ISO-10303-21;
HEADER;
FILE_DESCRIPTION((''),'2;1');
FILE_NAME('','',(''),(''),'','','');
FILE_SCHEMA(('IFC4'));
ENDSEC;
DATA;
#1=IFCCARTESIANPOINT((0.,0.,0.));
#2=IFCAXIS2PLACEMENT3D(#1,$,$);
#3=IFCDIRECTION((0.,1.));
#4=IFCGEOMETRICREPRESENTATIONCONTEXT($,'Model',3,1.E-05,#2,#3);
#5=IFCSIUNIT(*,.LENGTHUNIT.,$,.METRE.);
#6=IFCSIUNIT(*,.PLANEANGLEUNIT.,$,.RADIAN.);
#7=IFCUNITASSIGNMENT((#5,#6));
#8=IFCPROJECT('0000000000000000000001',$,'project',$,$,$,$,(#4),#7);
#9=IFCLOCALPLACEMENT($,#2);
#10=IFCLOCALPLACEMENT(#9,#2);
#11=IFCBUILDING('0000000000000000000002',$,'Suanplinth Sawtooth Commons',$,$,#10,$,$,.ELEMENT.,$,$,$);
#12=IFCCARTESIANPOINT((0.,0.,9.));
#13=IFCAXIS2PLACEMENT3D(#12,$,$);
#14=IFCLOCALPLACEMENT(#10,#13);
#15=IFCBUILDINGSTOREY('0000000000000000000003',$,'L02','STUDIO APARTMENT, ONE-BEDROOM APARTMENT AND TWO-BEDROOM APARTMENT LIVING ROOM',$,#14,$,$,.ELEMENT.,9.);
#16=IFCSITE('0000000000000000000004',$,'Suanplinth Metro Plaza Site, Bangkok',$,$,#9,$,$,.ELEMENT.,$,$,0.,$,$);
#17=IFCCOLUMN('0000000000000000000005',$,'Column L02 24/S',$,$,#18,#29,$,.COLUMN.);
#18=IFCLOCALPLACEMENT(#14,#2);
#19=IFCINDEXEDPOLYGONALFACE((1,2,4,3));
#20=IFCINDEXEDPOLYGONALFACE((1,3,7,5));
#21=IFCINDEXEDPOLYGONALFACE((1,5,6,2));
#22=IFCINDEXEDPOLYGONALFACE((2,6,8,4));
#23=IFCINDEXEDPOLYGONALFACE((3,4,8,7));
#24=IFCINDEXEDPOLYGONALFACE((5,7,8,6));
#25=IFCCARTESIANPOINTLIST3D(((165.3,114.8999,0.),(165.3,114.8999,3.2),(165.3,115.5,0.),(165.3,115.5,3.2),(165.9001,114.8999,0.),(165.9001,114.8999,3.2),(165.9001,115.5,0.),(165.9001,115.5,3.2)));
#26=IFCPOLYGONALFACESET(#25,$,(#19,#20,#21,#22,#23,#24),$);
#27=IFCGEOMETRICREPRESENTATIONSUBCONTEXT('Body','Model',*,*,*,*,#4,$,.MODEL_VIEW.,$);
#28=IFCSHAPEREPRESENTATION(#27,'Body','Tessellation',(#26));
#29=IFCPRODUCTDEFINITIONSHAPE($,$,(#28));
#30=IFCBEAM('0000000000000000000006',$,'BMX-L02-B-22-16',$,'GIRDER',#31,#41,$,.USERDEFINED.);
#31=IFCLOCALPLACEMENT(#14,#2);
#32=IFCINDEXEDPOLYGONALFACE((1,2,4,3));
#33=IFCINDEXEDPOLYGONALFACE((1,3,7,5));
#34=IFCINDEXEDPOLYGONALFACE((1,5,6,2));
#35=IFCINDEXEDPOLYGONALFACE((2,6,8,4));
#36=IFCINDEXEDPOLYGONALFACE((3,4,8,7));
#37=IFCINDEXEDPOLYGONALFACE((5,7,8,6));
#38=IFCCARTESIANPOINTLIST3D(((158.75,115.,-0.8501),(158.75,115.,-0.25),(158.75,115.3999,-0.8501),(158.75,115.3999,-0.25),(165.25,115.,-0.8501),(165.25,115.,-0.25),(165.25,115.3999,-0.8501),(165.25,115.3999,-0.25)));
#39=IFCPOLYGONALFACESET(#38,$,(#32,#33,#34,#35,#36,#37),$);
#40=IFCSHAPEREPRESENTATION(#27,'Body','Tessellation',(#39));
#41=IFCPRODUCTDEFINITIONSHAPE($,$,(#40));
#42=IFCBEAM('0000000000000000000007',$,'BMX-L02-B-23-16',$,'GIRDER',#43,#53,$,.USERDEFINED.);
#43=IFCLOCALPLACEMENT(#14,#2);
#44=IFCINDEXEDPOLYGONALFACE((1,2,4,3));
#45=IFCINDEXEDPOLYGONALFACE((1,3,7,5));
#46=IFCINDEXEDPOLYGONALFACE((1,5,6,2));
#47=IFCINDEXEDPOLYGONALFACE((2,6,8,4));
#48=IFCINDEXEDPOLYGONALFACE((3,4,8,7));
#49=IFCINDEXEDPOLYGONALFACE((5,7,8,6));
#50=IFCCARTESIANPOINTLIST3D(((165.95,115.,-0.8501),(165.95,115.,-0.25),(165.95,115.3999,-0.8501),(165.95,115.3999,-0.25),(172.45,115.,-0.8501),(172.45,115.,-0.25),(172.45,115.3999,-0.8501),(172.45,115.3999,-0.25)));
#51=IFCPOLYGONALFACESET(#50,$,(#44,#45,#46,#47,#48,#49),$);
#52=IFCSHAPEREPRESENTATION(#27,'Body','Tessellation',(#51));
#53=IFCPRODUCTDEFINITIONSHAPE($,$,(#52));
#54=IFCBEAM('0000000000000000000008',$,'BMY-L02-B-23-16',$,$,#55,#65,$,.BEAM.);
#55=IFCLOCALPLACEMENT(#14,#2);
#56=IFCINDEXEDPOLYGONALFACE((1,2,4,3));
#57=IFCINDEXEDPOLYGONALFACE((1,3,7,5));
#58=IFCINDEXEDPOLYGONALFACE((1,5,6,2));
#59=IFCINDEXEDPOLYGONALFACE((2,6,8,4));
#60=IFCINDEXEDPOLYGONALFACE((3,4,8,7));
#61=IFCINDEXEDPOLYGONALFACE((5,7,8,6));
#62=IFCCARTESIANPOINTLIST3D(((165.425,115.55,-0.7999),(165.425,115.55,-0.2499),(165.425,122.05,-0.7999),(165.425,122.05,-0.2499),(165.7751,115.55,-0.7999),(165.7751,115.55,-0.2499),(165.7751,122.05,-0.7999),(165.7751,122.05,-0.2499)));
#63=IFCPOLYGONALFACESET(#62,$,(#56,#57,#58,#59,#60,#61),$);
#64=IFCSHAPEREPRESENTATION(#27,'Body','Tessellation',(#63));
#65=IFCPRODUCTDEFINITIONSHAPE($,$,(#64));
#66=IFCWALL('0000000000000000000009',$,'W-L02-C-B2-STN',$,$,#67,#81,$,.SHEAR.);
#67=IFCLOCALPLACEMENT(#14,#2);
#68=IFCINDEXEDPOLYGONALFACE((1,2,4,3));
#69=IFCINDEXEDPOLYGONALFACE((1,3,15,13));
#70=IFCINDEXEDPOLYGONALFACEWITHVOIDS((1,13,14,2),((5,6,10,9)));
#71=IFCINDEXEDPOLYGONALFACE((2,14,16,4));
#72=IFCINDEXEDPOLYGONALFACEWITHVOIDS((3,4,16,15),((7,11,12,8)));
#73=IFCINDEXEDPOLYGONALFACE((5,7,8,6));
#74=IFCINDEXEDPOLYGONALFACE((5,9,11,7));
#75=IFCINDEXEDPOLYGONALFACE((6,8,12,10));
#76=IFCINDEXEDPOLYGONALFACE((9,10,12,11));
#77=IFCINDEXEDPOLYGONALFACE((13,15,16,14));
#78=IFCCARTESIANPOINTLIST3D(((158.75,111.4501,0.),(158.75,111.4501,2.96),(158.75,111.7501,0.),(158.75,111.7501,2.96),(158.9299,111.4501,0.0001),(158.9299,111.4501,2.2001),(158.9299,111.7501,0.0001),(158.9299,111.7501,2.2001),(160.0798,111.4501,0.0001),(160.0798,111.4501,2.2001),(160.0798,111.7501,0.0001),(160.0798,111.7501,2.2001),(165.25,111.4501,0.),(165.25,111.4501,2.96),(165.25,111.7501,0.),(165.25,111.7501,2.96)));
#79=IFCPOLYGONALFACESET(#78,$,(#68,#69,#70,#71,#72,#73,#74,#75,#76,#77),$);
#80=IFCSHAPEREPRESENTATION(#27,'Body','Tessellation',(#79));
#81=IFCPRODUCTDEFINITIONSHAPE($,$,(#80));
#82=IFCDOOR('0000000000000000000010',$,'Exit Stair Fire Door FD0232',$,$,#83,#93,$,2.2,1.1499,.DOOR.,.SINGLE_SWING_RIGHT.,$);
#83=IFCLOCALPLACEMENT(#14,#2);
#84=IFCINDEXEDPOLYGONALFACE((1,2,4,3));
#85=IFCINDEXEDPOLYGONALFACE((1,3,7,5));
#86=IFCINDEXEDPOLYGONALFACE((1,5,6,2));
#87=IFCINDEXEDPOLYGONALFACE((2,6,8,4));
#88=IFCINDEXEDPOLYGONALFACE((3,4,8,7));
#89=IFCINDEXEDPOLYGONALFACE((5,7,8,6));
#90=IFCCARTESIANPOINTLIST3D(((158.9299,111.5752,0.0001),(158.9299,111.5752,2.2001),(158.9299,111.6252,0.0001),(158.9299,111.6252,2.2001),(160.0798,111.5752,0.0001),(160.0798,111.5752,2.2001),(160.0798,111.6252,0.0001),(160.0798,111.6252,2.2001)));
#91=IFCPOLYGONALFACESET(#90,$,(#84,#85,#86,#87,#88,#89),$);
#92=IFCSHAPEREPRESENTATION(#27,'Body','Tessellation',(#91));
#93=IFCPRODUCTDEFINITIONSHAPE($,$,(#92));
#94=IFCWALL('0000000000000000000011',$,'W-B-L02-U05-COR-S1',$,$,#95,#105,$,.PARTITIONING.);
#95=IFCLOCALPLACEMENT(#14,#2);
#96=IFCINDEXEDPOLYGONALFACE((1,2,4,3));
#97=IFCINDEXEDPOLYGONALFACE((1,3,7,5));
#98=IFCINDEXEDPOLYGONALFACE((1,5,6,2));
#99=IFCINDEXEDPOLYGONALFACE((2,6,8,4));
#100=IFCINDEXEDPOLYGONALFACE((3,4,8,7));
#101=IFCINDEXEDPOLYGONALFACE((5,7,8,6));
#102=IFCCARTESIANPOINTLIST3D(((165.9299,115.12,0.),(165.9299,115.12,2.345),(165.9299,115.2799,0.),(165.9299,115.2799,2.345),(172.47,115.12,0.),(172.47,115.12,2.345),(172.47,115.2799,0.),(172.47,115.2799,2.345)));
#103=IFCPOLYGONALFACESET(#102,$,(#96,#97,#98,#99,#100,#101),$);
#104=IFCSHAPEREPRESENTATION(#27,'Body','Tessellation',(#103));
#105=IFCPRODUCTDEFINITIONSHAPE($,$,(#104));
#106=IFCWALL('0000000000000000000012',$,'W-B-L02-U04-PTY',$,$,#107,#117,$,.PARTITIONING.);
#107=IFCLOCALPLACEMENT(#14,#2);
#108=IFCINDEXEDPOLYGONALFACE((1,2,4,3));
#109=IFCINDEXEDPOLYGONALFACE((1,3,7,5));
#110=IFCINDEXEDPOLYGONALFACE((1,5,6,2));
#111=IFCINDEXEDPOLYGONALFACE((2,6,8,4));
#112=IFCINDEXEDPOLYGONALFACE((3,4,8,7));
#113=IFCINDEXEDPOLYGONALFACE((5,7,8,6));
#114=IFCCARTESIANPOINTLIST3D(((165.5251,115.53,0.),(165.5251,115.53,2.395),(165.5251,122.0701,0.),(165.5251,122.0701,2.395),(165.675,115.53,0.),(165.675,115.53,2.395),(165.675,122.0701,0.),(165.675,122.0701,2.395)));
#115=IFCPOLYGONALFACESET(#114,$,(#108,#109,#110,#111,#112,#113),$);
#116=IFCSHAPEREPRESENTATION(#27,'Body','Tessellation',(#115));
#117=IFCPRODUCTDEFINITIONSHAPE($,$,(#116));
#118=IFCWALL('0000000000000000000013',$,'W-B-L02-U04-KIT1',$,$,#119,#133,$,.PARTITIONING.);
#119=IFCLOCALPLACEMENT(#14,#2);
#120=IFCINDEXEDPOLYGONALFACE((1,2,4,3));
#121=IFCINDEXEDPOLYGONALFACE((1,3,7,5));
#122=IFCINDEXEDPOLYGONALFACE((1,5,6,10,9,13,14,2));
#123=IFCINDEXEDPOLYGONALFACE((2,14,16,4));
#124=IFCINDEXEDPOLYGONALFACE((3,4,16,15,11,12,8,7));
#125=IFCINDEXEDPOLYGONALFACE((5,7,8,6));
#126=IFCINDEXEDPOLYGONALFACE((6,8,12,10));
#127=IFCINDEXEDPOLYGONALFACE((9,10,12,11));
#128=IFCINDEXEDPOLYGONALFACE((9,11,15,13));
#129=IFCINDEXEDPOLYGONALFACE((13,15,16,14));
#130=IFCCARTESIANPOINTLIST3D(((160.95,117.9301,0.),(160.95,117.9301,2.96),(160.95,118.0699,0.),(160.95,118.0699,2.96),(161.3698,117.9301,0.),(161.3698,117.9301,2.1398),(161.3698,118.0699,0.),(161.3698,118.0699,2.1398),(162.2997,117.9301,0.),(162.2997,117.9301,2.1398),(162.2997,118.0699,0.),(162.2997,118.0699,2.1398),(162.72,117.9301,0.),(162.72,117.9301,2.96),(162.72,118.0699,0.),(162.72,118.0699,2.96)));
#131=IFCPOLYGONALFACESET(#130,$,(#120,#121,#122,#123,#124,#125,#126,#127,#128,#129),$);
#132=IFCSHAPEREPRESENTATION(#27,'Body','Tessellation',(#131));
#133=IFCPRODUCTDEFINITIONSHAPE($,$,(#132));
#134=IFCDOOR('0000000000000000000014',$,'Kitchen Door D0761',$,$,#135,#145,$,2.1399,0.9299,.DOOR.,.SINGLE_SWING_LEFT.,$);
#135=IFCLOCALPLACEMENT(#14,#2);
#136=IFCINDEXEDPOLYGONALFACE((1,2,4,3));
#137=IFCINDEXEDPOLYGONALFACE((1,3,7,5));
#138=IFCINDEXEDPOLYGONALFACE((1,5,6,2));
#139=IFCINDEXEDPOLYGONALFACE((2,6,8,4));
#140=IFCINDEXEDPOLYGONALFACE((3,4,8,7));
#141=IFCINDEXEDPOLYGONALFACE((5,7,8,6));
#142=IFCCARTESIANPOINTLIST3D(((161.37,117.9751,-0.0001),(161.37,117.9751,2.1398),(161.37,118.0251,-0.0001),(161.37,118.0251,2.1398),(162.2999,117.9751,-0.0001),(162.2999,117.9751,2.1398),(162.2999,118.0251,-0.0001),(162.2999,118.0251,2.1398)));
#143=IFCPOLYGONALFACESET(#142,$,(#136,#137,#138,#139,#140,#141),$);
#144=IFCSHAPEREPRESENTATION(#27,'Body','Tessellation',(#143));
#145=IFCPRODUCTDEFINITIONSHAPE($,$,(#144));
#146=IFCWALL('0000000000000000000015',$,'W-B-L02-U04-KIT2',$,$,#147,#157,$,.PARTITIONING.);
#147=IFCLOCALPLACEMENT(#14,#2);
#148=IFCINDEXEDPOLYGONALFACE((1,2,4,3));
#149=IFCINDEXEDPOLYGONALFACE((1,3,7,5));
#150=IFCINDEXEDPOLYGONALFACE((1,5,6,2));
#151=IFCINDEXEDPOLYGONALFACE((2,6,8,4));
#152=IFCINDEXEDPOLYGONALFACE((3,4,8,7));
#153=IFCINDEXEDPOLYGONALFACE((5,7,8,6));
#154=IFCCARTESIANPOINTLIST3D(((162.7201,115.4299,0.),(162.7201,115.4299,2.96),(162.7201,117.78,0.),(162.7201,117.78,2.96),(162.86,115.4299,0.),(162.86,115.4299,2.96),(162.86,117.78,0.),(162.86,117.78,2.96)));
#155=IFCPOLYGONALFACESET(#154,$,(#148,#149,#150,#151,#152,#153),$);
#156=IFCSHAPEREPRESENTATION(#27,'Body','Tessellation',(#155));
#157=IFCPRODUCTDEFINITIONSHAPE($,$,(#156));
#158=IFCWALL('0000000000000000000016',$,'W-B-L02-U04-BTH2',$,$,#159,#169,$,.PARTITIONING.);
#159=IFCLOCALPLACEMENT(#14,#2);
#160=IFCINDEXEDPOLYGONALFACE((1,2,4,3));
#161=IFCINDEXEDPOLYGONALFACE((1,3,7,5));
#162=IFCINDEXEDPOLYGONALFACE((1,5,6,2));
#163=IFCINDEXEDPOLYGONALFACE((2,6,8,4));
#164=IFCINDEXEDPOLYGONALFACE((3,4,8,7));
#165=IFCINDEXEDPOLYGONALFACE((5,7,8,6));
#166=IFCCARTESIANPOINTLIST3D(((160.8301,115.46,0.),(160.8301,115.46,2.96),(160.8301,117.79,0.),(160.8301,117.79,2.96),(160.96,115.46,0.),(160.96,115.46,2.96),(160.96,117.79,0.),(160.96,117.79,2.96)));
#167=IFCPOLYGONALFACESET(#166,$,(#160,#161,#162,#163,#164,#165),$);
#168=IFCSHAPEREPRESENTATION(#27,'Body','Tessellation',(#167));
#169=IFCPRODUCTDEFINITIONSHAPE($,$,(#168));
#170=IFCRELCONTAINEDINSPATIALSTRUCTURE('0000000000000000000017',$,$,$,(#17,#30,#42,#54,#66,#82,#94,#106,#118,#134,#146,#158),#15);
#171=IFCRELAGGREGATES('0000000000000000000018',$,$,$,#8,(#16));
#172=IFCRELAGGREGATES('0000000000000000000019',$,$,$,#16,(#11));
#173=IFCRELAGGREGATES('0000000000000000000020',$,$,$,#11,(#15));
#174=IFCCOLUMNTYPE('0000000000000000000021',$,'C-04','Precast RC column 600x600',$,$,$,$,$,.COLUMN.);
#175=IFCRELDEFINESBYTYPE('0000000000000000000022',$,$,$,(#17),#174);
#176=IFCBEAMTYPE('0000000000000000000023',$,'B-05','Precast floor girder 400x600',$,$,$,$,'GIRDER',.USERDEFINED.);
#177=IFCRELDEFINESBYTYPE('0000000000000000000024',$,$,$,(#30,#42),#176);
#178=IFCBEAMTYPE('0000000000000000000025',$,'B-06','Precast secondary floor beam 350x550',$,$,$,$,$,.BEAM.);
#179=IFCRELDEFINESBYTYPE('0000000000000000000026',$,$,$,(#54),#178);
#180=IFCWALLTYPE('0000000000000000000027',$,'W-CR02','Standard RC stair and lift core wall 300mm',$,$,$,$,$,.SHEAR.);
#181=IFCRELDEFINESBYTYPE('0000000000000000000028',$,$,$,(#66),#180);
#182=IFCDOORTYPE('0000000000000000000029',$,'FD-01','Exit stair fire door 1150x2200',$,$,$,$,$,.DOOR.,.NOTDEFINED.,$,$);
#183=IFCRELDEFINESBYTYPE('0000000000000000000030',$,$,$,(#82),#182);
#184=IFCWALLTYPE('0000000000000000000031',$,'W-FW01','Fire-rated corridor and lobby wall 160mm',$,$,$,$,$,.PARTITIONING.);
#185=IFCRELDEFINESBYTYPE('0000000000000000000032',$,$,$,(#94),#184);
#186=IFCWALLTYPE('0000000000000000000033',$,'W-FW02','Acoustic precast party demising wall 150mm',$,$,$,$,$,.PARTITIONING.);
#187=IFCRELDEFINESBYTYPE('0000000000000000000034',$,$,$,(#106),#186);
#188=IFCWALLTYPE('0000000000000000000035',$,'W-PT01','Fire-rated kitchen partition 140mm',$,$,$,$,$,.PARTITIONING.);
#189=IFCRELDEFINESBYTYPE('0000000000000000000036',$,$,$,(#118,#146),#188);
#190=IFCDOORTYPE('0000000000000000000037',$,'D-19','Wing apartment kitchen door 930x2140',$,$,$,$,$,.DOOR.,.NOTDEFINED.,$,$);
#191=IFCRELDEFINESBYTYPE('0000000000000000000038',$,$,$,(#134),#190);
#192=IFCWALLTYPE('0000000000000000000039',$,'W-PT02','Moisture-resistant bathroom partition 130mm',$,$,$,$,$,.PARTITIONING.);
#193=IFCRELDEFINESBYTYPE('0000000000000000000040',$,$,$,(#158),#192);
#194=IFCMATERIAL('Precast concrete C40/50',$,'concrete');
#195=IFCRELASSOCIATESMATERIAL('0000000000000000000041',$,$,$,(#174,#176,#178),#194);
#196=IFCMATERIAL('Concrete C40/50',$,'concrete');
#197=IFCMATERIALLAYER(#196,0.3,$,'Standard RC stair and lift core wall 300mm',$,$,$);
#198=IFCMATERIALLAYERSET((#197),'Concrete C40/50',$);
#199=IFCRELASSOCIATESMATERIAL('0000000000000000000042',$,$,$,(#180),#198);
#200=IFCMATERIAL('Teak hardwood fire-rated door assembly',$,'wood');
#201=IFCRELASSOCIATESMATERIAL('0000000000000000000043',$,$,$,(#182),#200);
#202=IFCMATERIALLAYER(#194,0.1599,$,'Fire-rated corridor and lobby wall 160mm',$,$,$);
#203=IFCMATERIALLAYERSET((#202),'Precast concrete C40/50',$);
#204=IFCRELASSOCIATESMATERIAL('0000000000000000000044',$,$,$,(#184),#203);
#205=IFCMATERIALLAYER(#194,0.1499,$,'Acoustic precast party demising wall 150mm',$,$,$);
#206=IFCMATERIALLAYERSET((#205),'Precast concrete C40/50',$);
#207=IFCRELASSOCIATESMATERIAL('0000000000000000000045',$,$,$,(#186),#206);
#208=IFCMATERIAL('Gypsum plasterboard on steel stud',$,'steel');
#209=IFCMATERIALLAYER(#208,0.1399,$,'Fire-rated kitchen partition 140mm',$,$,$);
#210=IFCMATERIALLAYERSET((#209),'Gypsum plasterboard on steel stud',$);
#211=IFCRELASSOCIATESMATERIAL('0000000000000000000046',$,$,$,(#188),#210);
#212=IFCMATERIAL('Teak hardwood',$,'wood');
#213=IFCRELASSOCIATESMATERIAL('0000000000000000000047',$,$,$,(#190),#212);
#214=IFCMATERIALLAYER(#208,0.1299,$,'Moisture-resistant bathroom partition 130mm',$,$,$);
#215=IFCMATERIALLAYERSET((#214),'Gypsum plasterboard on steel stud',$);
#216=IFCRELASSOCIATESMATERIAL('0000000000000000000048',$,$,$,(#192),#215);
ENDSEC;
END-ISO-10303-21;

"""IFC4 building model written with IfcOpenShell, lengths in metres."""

from ifc_helpers import new_model, si_unit, direction, frame, frame_2d, origin, origin_2d, place, context, subcontext, project, spatial, rectangle, extrude, material, layer, layer_set, material_profile, profile_set, type_object, element, fill, save


model = new_model("IFC4")

# Units and contexts
model_context = context("Model", 3, precision=1e-05, world=origin(), true_north=direction((0.0, 1.0)))
body_context = subcontext(model_context, "Body", "Model", "MODEL_VIEW")
ifc_project = project(units=[si_unit("LENGTHUNIT", "METRE"), si_unit("PLANEANGLEUNIT", "RADIAN")], contexts=[model_context])

# Site, building, storey
site_placement = place(None, origin())
site = spatial("IfcSite", under=ifc_project, at=site_placement, Name="Suanplinth Metro Plaza Site, Bangkok", CompositionType="ELEMENT", RefElevation=0.0)
building_placement = place(site_placement, origin())
building = spatial("IfcBuilding", under=site, at=building_placement, Name="Suanplinth Sawtooth Commons", CompositionType="ELEMENT")
storey_placement = place(building_placement, frame((0.0, 0.0, 9.0)))
storey = spatial("IfcBuildingStorey", under=building, at=storey_placement, Name="L02", Description="STUDIO APARTMENT, ONE-BEDROOM APARTMENT AND TWO-BEDROOM APARTMENT LIVING ROOM", CompositionType="ELEMENT", Elevation=9.0)

# Column
ifc_material_1 = material(Name="Precast concrete C40/50", Category="concrete")
ifc_material_profile_1 = material_profile(ifc_material_1, rectangle(XDim=0.6001, YDim=0.6001, at=origin_2d()), Name="PC-COL 600x600")
ifc_profile_set_1 = profile_set([ifc_material_profile_1], Name="Precast concrete C40/50")
column_type = type_object("IfcColumnType", Name="C-04", Description="Precast RC column 600x600", PredefinedType="COLUMN", material=ifc_profile_set_1)
column_placement = place(storey_placement, frame((165.6001, 115.2, 0.0), z_axis=(0.0, 0.0, 1.0), x_axis=(1.0, 0.0, 0.0)))
element("IfcColumn", 1, at=column_placement, inside=storey, type_object=column_type, Name="Column L02 24/S", PredefinedType="COLUMN", context=body_context, shape_type="SweptSolid", body=[
    extrude(rectangle(XDim=0.6001, YDim=0.6001, at=origin_2d()), origin(), (0.0, 0.0, 1.0), 3.2),
])

# Beams
ifc_material_profile_2 = material_profile(ifc_material_1, rectangle(XDim=0.3999, YDim=0.6001, at=origin_2d()), Name="PC-GDR 400x600")
ifc_profile_set_2 = profile_set([ifc_material_profile_2], Name="Precast concrete C40/50")
beam_type_1 = type_object("IfcBeamType", Name="B-05", Description="Precast floor girder 400x600", ElementType="GIRDER", PredefinedType="USERDEFINED", material=ifc_profile_set_2)
for number, where, z_axis, x_axis, name in (
    (2, (158.75, 115.2, -0.55), (1.0, 0.0, 0.0), (0.0, 1.0, 0.0), "BMX-L02-B-22-16"),
    (3, (165.95, 115.2, -0.55), (1.0, 0.0, 0.0), (0.0, 1.0, 0.0), "BMX-L02-B-23-16"),
):
    element("IfcBeam", number, at=place(storey_placement, frame(where, z_axis=z_axis, x_axis=x_axis)), inside=storey, type_object=beam_type_1, Name=name, ObjectType="GIRDER", PredefinedType="USERDEFINED", context=body_context, shape_type="SweptSolid", body=[
        extrude(rectangle(XDim=0.3999, YDim=0.6001, at=origin_2d()), origin(), (0.0, 0.0, 1.0), 6.5),
    ])
ifc_material_profile_3 = material_profile(ifc_material_1, rectangle(XDim=0.3501, YDim=0.55, at=origin_2d()), Name="PC-BM 350x550")
ifc_profile_set_3 = profile_set([ifc_material_profile_3], Name="Precast concrete C40/50")
beam_type_2 = type_object("IfcBeamType", Name="B-06", Description="Precast secondary floor beam 350x550", PredefinedType="BEAM", material=ifc_profile_set_3)
beam_placement = place(storey_placement, frame((165.6001, 115.55, -0.5249), z_axis=(0.0, 1.0, 0.0), x_axis=(-1.0, 0.0, 0.0)))
element("IfcBeam", 4, at=beam_placement, inside=storey, type_object=beam_type_2, Name="BMY-L02-B-23-16", PredefinedType="BEAM", context=body_context, shape_type="SweptSolid", body=[
    extrude(rectangle(XDim=0.3501, YDim=0.55, at=origin_2d()), origin(), (0.0, 0.0, 1.0), 6.5),
])

# Wall, opening, door
ifc_material_2 = material(Name="Concrete C40/50", Category="concrete")
ifc_layer_1 = layer(ifc_material_2, 0.3, Name="Standard RC stair and lift core wall 300mm")
ifc_layer_set_1 = layer_set([ifc_layer_1], Name="Concrete C40/50")
wall_type_1 = type_object("IfcWallType", Name="W-CR02", Description="Standard RC stair and lift core wall 300mm", PredefinedType="SHEAR", material=ifc_layer_set_1)
wall_1_placement = place(storey_placement, frame((158.75, 111.6001, 0.0), z_axis=(0.0, 0.0, 1.0), x_axis=(1.0, 0.0, 0.0)))
wall_1 = element("IfcWall", 5, at=wall_1_placement, inside=storey, type_object=wall_type_1, Name="W-L02-C-B2-STN", PredefinedType="SHEAR", context=body_context, shape_type="SweptSolid", body=[
    extrude(rectangle(XDim=6.5, YDim=0.3, at=frame_2d((3.25, 0.0))), origin(), (0.0, 0.0, 1.0), 2.96),
])
opening_1_placement = place(wall_1_placement, frame((0.1799, 0.0, 0.0)))
opening_1 = element("IfcOpeningElement", 6, at=opening_1_placement, cuts=wall_1, PredefinedType="OPENING", context=body_context, shape_type="SweptSolid", body=[
    extrude(rectangle(XDim=1.1499, YDim=2.2, at=frame_2d((0.575, 1.1001))), frame((0.0, 0.165, 0.0), z_axis=(0.0, -1.0, 0.0), x_axis=(1.0, 0.0, 0.0)), (0.0, 0.0, 1.0), 0.3298),
])
ifc_material_3 = material(Name="Teak hardwood fire-rated door assembly", Category="wood")
door_type_1 = type_object("IfcDoorType", Name="FD-01", Description="Exit stair fire door 1150x2200", OperationType="NOTDEFINED", PredefinedType="DOOR", material=ifc_material_3)
door_1_placement = place(opening_1_placement, frame((1.1499, 0.0, 0.0), z_axis=(0.0, 0.0, 1.0), x_axis=(-1.0, 0.0, 0.0)))
door_1 = element("IfcDoor", 7, at=door_1_placement, inside=storey, type_object=door_type_1, Name="Exit Stair Fire Door FD0232", OperationType="SINGLE_SWING_RIGHT", OverallHeight=2.2, OverallWidth=1.1499, PredefinedType="DOOR", context=body_context, shape_type="SweptSolid", body=[
    extrude(rectangle(XDim=1.1499, YDim=2.2, at=frame_2d((0.575, 1.1001))), frame((0.0, 0.0249, 0.0), z_axis=(0.0, -1.0, 0.0), x_axis=(1.0, 0.0, 0.0)), (0.0, 0.0, 1.0), 0.05),
])
fill(opening_1, door_1)
ifc_layer_2 = layer(ifc_material_1, 0.1599, Name="Fire-rated corridor and lobby wall 160mm")
ifc_layer_set_2 = layer_set([ifc_layer_2], Name="Precast concrete C40/50")
wall_type_2 = type_object("IfcWallType", Name="W-FW01", Description="Fire-rated corridor and lobby wall 160mm", PredefinedType="PARTITIONING", material=ifc_layer_set_2)

# Walls
wall_2_placement = place(storey_placement, frame((165.9299, 115.2, 0.0), z_axis=(0.0, 0.0, 1.0), x_axis=(1.0, 0.0, 0.0)))
element("IfcWall", 8, at=wall_2_placement, inside=storey, type_object=wall_type_2, Name="W-B-L02-U05-COR-S1", PredefinedType="PARTITIONING", context=body_context, shape_type="SweptSolid", body=[
    extrude(rectangle(XDim=6.54, YDim=0.1599, at=frame_2d((3.27, 0.0))), origin(), (0.0, 0.0, 1.0), 2.345),
])
ifc_layer_3 = layer(ifc_material_1, 0.1499, Name="Acoustic precast party demising wall 150mm")
ifc_layer_set_3 = layer_set([ifc_layer_3], Name="Precast concrete C40/50")
wall_type_3 = type_object("IfcWallType", Name="W-FW02", Description="Acoustic precast party demising wall 150mm", PredefinedType="PARTITIONING", material=ifc_layer_set_3)
wall_3_placement = place(storey_placement, frame((165.6001, 115.53, 0.0), z_axis=(0.0, 0.0, 1.0), x_axis=(0.0, 1.0, 0.0)))
element("IfcWall", 9, at=wall_3_placement, inside=storey, type_object=wall_type_3, Name="W-B-L02-U04-PTY", PredefinedType="PARTITIONING", context=body_context, shape_type="SweptSolid", body=[
    extrude(rectangle(XDim=6.54, YDim=0.1499, at=frame_2d((3.27, 0.0))), origin(), (0.0, 0.0, 1.0), 2.395),
])

# Wall, opening, door
ifc_material_4 = material(Name="Gypsum plasterboard on steel stud", Category="steel")
ifc_layer_4 = layer(ifc_material_4, 0.1399, Name="Fire-rated kitchen partition 140mm")
ifc_layer_set_4 = layer_set([ifc_layer_4], Name="Gypsum plasterboard on steel stud")
wall_type_4 = type_object("IfcWallType", Name="W-PT01", Description="Fire-rated kitchen partition 140mm", PredefinedType="PARTITIONING", material=ifc_layer_set_4)
wall_4_placement = place(storey_placement, frame((160.95, 118.0, 0.0), z_axis=(0.0, 0.0, 1.0), x_axis=(1.0, 0.0, 0.0)))
wall_4 = element("IfcWall", 10, at=wall_4_placement, inside=storey, type_object=wall_type_4, Name="W-B-L02-U04-KIT1", PredefinedType="PARTITIONING", context=body_context, shape_type="SweptSolid", body=[
    extrude(rectangle(XDim=1.77, YDim=0.1399, at=frame_2d((0.885, 0.0))), origin(), (0.0, 0.0, 1.0), 2.96),
])
opening_2_placement = place(wall_4_placement, frame((0.4199, 0.0, 0.0)))
opening_2 = element("IfcOpeningElement", 11, at=opening_2_placement, cuts=wall_4, PredefinedType="OPENING", context=body_context, shape_type="SweptSolid", body=[
    extrude(rectangle(XDim=0.9299, YDim=2.1399, at=frame_2d((0.4648, 1.0698))), frame((0.0, 0.085, 0.0), z_axis=(0.0, -1.0, 0.0), x_axis=(1.0, 0.0, 0.0)), (0.0, 0.0, 1.0), 0.1697),
])
ifc_material_5 = material(Name="Teak hardwood", Category="wood")
door_type_2 = type_object("IfcDoorType", Name="D-19", Description="Wing apartment kitchen door 930x2140", OperationType="NOTDEFINED", PredefinedType="DOOR", material=ifc_material_5)
door_2_placement = place(opening_2_placement, frame((0.9299, 0.0, 0.0), z_axis=(0.0, 0.0, 1.0), x_axis=(-1.0, 0.0, 0.0)))
door_2 = element("IfcDoor", 12, at=door_2_placement, inside=storey, type_object=door_type_2, Name="Kitchen Door D0761", OperationType="SINGLE_SWING_LEFT", OverallHeight=2.1399, OverallWidth=0.9299, PredefinedType="DOOR", context=body_context, shape_type="SweptSolid", body=[
    extrude(rectangle(XDim=0.9299, YDim=2.1399, at=frame_2d((0.4648, 1.0698))), frame((0.0, 0.0249, 0.0), z_axis=(0.0, -1.0, 0.0), x_axis=(1.0, 0.0, 0.0)), (0.0, 0.0, 1.0), 0.05),
])
fill(opening_2, door_2)

# Walls
wall_5_placement = place(storey_placement, frame((162.79, 115.4299, 0.0), z_axis=(0.0, 0.0, 1.0), x_axis=(0.0, 1.0, 0.0)))
element("IfcWall", 13, at=wall_5_placement, inside=storey, type_object=wall_type_4, Name="W-B-L02-U04-KIT2", PredefinedType="PARTITIONING", context=body_context, shape_type="SweptSolid", body=[
    extrude(rectangle(XDim=2.3501, YDim=0.1399, at=frame_2d((1.175, 0.0))), origin(), (0.0, 0.0, 1.0), 2.96),
])
ifc_layer_5 = layer(ifc_material_4, 0.1299, Name="Moisture-resistant bathroom partition 130mm")
ifc_layer_set_5 = layer_set([ifc_layer_5], Name="Gypsum plasterboard on steel stud")
wall_type_5 = type_object("IfcWallType", Name="W-PT02", Description="Moisture-resistant bathroom partition 130mm", PredefinedType="PARTITIONING", material=ifc_layer_set_5)
wall_6_placement = place(storey_placement, frame((160.895, 115.46, 0.0), z_axis=(0.0, 0.0, 1.0), x_axis=(0.0, 1.0, 0.0)))
element("IfcWall", 14, at=wall_6_placement, inside=storey, type_object=wall_type_5, Name="W-B-L02-U04-BTH2", PredefinedType="PARTITIONING", context=body_context, shape_type="SweptSolid", body=[
    extrude(rectangle(XDim=2.3301, YDim=0.1299, at=frame_2d((1.165, 0.0))), origin(), (0.0, 0.0, 1.0), 2.96),
])

save(model, "model.ifc")
